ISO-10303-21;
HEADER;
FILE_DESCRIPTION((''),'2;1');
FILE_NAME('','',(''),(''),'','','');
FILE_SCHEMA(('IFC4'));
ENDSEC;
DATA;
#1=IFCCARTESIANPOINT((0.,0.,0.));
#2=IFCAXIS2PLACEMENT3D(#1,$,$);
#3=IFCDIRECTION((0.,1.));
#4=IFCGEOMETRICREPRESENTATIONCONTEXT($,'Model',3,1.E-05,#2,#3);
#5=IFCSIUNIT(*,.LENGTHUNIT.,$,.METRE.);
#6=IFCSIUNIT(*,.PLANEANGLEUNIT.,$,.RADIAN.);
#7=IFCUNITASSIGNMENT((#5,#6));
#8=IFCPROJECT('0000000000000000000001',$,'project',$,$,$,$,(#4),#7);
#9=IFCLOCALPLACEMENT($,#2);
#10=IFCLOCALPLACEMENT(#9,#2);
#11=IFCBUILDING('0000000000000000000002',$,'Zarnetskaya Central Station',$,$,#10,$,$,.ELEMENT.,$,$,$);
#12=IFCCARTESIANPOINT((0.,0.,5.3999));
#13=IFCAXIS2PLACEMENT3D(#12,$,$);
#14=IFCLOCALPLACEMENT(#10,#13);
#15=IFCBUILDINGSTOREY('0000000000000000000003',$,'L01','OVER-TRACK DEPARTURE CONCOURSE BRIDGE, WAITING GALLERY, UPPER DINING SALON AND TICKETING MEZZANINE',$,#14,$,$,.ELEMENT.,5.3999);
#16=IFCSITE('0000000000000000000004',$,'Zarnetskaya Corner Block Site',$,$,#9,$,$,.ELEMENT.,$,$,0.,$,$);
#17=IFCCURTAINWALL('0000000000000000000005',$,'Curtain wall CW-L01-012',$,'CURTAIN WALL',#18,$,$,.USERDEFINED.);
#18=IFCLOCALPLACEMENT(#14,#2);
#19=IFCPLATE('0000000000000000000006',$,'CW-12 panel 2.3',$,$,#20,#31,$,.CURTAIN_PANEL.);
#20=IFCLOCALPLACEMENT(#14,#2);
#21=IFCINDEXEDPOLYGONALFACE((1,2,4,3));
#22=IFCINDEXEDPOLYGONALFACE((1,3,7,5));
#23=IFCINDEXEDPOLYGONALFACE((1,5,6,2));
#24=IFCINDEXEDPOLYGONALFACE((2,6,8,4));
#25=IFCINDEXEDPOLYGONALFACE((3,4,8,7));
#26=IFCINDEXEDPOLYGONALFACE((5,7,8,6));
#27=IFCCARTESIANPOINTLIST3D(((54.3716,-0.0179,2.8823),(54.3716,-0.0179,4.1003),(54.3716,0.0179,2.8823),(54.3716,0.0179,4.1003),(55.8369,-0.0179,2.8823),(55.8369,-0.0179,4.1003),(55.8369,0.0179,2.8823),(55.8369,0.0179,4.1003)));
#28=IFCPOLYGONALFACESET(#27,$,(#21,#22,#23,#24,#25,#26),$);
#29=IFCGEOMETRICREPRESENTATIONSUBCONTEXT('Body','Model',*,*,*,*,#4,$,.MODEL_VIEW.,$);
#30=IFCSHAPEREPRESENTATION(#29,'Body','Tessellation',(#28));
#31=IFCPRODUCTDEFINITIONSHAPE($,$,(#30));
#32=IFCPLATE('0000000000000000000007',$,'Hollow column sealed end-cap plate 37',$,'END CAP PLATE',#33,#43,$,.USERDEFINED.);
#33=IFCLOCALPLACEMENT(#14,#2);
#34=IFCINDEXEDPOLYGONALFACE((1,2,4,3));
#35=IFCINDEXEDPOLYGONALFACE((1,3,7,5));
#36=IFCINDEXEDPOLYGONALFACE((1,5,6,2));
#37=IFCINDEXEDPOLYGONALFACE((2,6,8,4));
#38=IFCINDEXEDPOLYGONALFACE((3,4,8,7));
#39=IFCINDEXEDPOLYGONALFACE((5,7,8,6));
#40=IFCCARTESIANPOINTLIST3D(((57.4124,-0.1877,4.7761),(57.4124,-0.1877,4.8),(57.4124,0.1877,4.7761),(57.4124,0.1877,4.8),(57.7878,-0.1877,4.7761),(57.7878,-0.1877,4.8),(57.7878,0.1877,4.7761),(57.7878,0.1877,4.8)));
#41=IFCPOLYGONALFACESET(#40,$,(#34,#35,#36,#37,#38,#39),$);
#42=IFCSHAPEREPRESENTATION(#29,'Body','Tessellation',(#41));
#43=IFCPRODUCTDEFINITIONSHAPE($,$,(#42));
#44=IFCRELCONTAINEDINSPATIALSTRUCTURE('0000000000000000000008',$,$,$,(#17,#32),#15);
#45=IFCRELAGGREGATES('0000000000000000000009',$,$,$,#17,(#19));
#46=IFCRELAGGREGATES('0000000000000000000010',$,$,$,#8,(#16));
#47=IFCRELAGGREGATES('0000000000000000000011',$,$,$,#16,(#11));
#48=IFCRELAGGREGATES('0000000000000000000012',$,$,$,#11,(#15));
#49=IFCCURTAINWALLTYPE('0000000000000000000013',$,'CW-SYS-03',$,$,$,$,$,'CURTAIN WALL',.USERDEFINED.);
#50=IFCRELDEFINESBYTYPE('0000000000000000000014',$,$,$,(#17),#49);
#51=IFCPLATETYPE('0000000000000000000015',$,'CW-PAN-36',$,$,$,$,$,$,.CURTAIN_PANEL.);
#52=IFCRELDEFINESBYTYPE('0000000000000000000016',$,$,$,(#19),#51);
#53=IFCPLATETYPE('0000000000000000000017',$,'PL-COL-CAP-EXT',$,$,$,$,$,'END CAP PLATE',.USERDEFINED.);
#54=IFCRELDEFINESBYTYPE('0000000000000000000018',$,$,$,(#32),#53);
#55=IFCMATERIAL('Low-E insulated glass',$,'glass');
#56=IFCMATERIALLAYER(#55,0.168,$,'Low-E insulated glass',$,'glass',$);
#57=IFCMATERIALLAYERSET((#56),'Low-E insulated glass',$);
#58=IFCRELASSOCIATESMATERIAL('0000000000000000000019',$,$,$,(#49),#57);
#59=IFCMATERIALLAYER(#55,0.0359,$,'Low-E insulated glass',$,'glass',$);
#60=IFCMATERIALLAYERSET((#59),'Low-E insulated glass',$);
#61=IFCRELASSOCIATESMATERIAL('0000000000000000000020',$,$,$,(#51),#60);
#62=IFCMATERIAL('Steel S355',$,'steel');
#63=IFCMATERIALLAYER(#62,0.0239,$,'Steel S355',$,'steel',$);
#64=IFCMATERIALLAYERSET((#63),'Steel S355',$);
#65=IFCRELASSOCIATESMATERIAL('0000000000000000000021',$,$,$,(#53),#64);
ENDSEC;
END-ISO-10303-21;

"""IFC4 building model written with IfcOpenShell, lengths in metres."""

from ifc_helpers import new_model, si_unit, direction, frame, origin, origin_2d, place, context, subcontext, project, spatial, rectangle, extrude, material, layer, layer_set, type_object, element, aggregate, save


model = new_model("IFC4")

# Units and contexts
model_context = context("Model", 3, precision=1e-05, world=origin(), true_north=direction((0.0, 1.0)))
body_context = subcontext(model_context, "Body", "Model", "MODEL_VIEW")
ifc_project = project(units=[si_unit("LENGTHUNIT", "METRE"), si_unit("PLANEANGLEUNIT", "RADIAN")], contexts=[model_context])

# Site, building, storey
site_placement = place(None, origin())
site = spatial("IfcSite", under=ifc_project, at=site_placement, Name="Zarnetskaya Corner Block Site", CompositionType="ELEMENT", RefElevation=0.0)
building_placement = place(site_placement, origin())
building = spatial("IfcBuilding", under=site, at=building_placement, Name="Zarnetskaya Central Station", CompositionType="ELEMENT")
storey_placement = place(building_placement, frame((0.0, 0.0, 5.3999)))
storey = spatial("IfcBuildingStorey", under=building, at=storey_placement, Name="L01", Description="OVER-TRACK DEPARTURE CONCOURSE BRIDGE, WAITING GALLERY, UPPER DINING SALON AND TICKETING MEZZANINE", CompositionType="ELEMENT", Elevation=5.3999)

# Shared definitions
ifc_material_1 = material(Name="Steel S355", Category="steel")

# Curtain wall
ifc_material_2 = material(Name="Low-E insulated glass", Category="glass")
ifc_layer_1 = layer(ifc_material_2, 0.168, Name="Low-E insulated glass", Category="glass")
ifc_layer_set_1 = layer_set([ifc_layer_1], Name="Low-E insulated glass")
curtain_wall_type_1 = type_object("IfcCurtainWallType", Name="CW-SYS-03", ElementType="CURTAIN WALL", PredefinedType="USERDEFINED", material=ifc_layer_set_1)
curtain_wall_1_placement = place(storey_placement, origin())
curtain_wall_1 = element("IfcCurtainWall", 1, at=curtain_wall_1_placement, inside=storey, type_object=curtain_wall_type_1, Name="Curtain wall CW-L01-012", ObjectType="CURTAIN WALL", PredefinedType="USERDEFINED")

# Plates
ifc_layer_2 = layer(ifc_material_2, 0.0359, Name="Low-E insulated glass", Category="glass")
ifc_layer_set_2 = layer_set([ifc_layer_2], Name="Low-E insulated glass")
plate_type_1 = type_object("IfcPlateType", Name="CW-PAN-36", PredefinedType="CURTAIN_PANEL", material=ifc_layer_set_2)
plate_1_placement = place(storey_placement, frame((55.1042, 0.0, 2.8823), z_axis=(0.0, 0.0, 1.0), x_axis=(-1.0, 0.0, 0.0)))
plate_1 = element("IfcPlate", 2, at=plate_1_placement, type_object=plate_type_1, Name="CW-12 panel 2.3", PredefinedType="CURTAIN_PANEL", context=body_context, shape_type="SweptSolid", body=[
    extrude(rectangle(XDim=1.4653, YDim=0.0359, at=origin_2d()), origin(), (0.0, 0.0, 1.0), 1.218),
])
aggregate(curtain_wall_1, [plate_1])
ifc_layer_3 = layer(ifc_material_1, 0.0239, Name="Steel S355", Category="steel")
ifc_layer_set_3 = layer_set([ifc_layer_3], Name="Steel S355")
plate_type_2 = type_object("IfcPlateType", Name="PL-COL-CAP-EXT", ElementType="END CAP PLATE", PredefinedType="USERDEFINED", material=ifc_layer_set_3)
plate_2_placement = place(storey_placement, frame((57.6001, 0.0, 4.7761), z_axis=(0.0, 0.0, 1.0), x_axis=(1.0, 0.0, 0.0)))
element("IfcPlate", 3, at=plate_2_placement, inside=storey, type_object=plate_type_2, Name="Hollow column sealed end-cap plate 37", ObjectType="END CAP PLATE", PredefinedType="USERDEFINED", context=body_context, shape_type="SweptSolid", body=[
    extrude(rectangle(XDim=0.3755, YDim=0.3755, at=origin_2d()), origin(), (0.0, 0.0, 1.0), 0.0239),
])

save(model, "model.ifc")
